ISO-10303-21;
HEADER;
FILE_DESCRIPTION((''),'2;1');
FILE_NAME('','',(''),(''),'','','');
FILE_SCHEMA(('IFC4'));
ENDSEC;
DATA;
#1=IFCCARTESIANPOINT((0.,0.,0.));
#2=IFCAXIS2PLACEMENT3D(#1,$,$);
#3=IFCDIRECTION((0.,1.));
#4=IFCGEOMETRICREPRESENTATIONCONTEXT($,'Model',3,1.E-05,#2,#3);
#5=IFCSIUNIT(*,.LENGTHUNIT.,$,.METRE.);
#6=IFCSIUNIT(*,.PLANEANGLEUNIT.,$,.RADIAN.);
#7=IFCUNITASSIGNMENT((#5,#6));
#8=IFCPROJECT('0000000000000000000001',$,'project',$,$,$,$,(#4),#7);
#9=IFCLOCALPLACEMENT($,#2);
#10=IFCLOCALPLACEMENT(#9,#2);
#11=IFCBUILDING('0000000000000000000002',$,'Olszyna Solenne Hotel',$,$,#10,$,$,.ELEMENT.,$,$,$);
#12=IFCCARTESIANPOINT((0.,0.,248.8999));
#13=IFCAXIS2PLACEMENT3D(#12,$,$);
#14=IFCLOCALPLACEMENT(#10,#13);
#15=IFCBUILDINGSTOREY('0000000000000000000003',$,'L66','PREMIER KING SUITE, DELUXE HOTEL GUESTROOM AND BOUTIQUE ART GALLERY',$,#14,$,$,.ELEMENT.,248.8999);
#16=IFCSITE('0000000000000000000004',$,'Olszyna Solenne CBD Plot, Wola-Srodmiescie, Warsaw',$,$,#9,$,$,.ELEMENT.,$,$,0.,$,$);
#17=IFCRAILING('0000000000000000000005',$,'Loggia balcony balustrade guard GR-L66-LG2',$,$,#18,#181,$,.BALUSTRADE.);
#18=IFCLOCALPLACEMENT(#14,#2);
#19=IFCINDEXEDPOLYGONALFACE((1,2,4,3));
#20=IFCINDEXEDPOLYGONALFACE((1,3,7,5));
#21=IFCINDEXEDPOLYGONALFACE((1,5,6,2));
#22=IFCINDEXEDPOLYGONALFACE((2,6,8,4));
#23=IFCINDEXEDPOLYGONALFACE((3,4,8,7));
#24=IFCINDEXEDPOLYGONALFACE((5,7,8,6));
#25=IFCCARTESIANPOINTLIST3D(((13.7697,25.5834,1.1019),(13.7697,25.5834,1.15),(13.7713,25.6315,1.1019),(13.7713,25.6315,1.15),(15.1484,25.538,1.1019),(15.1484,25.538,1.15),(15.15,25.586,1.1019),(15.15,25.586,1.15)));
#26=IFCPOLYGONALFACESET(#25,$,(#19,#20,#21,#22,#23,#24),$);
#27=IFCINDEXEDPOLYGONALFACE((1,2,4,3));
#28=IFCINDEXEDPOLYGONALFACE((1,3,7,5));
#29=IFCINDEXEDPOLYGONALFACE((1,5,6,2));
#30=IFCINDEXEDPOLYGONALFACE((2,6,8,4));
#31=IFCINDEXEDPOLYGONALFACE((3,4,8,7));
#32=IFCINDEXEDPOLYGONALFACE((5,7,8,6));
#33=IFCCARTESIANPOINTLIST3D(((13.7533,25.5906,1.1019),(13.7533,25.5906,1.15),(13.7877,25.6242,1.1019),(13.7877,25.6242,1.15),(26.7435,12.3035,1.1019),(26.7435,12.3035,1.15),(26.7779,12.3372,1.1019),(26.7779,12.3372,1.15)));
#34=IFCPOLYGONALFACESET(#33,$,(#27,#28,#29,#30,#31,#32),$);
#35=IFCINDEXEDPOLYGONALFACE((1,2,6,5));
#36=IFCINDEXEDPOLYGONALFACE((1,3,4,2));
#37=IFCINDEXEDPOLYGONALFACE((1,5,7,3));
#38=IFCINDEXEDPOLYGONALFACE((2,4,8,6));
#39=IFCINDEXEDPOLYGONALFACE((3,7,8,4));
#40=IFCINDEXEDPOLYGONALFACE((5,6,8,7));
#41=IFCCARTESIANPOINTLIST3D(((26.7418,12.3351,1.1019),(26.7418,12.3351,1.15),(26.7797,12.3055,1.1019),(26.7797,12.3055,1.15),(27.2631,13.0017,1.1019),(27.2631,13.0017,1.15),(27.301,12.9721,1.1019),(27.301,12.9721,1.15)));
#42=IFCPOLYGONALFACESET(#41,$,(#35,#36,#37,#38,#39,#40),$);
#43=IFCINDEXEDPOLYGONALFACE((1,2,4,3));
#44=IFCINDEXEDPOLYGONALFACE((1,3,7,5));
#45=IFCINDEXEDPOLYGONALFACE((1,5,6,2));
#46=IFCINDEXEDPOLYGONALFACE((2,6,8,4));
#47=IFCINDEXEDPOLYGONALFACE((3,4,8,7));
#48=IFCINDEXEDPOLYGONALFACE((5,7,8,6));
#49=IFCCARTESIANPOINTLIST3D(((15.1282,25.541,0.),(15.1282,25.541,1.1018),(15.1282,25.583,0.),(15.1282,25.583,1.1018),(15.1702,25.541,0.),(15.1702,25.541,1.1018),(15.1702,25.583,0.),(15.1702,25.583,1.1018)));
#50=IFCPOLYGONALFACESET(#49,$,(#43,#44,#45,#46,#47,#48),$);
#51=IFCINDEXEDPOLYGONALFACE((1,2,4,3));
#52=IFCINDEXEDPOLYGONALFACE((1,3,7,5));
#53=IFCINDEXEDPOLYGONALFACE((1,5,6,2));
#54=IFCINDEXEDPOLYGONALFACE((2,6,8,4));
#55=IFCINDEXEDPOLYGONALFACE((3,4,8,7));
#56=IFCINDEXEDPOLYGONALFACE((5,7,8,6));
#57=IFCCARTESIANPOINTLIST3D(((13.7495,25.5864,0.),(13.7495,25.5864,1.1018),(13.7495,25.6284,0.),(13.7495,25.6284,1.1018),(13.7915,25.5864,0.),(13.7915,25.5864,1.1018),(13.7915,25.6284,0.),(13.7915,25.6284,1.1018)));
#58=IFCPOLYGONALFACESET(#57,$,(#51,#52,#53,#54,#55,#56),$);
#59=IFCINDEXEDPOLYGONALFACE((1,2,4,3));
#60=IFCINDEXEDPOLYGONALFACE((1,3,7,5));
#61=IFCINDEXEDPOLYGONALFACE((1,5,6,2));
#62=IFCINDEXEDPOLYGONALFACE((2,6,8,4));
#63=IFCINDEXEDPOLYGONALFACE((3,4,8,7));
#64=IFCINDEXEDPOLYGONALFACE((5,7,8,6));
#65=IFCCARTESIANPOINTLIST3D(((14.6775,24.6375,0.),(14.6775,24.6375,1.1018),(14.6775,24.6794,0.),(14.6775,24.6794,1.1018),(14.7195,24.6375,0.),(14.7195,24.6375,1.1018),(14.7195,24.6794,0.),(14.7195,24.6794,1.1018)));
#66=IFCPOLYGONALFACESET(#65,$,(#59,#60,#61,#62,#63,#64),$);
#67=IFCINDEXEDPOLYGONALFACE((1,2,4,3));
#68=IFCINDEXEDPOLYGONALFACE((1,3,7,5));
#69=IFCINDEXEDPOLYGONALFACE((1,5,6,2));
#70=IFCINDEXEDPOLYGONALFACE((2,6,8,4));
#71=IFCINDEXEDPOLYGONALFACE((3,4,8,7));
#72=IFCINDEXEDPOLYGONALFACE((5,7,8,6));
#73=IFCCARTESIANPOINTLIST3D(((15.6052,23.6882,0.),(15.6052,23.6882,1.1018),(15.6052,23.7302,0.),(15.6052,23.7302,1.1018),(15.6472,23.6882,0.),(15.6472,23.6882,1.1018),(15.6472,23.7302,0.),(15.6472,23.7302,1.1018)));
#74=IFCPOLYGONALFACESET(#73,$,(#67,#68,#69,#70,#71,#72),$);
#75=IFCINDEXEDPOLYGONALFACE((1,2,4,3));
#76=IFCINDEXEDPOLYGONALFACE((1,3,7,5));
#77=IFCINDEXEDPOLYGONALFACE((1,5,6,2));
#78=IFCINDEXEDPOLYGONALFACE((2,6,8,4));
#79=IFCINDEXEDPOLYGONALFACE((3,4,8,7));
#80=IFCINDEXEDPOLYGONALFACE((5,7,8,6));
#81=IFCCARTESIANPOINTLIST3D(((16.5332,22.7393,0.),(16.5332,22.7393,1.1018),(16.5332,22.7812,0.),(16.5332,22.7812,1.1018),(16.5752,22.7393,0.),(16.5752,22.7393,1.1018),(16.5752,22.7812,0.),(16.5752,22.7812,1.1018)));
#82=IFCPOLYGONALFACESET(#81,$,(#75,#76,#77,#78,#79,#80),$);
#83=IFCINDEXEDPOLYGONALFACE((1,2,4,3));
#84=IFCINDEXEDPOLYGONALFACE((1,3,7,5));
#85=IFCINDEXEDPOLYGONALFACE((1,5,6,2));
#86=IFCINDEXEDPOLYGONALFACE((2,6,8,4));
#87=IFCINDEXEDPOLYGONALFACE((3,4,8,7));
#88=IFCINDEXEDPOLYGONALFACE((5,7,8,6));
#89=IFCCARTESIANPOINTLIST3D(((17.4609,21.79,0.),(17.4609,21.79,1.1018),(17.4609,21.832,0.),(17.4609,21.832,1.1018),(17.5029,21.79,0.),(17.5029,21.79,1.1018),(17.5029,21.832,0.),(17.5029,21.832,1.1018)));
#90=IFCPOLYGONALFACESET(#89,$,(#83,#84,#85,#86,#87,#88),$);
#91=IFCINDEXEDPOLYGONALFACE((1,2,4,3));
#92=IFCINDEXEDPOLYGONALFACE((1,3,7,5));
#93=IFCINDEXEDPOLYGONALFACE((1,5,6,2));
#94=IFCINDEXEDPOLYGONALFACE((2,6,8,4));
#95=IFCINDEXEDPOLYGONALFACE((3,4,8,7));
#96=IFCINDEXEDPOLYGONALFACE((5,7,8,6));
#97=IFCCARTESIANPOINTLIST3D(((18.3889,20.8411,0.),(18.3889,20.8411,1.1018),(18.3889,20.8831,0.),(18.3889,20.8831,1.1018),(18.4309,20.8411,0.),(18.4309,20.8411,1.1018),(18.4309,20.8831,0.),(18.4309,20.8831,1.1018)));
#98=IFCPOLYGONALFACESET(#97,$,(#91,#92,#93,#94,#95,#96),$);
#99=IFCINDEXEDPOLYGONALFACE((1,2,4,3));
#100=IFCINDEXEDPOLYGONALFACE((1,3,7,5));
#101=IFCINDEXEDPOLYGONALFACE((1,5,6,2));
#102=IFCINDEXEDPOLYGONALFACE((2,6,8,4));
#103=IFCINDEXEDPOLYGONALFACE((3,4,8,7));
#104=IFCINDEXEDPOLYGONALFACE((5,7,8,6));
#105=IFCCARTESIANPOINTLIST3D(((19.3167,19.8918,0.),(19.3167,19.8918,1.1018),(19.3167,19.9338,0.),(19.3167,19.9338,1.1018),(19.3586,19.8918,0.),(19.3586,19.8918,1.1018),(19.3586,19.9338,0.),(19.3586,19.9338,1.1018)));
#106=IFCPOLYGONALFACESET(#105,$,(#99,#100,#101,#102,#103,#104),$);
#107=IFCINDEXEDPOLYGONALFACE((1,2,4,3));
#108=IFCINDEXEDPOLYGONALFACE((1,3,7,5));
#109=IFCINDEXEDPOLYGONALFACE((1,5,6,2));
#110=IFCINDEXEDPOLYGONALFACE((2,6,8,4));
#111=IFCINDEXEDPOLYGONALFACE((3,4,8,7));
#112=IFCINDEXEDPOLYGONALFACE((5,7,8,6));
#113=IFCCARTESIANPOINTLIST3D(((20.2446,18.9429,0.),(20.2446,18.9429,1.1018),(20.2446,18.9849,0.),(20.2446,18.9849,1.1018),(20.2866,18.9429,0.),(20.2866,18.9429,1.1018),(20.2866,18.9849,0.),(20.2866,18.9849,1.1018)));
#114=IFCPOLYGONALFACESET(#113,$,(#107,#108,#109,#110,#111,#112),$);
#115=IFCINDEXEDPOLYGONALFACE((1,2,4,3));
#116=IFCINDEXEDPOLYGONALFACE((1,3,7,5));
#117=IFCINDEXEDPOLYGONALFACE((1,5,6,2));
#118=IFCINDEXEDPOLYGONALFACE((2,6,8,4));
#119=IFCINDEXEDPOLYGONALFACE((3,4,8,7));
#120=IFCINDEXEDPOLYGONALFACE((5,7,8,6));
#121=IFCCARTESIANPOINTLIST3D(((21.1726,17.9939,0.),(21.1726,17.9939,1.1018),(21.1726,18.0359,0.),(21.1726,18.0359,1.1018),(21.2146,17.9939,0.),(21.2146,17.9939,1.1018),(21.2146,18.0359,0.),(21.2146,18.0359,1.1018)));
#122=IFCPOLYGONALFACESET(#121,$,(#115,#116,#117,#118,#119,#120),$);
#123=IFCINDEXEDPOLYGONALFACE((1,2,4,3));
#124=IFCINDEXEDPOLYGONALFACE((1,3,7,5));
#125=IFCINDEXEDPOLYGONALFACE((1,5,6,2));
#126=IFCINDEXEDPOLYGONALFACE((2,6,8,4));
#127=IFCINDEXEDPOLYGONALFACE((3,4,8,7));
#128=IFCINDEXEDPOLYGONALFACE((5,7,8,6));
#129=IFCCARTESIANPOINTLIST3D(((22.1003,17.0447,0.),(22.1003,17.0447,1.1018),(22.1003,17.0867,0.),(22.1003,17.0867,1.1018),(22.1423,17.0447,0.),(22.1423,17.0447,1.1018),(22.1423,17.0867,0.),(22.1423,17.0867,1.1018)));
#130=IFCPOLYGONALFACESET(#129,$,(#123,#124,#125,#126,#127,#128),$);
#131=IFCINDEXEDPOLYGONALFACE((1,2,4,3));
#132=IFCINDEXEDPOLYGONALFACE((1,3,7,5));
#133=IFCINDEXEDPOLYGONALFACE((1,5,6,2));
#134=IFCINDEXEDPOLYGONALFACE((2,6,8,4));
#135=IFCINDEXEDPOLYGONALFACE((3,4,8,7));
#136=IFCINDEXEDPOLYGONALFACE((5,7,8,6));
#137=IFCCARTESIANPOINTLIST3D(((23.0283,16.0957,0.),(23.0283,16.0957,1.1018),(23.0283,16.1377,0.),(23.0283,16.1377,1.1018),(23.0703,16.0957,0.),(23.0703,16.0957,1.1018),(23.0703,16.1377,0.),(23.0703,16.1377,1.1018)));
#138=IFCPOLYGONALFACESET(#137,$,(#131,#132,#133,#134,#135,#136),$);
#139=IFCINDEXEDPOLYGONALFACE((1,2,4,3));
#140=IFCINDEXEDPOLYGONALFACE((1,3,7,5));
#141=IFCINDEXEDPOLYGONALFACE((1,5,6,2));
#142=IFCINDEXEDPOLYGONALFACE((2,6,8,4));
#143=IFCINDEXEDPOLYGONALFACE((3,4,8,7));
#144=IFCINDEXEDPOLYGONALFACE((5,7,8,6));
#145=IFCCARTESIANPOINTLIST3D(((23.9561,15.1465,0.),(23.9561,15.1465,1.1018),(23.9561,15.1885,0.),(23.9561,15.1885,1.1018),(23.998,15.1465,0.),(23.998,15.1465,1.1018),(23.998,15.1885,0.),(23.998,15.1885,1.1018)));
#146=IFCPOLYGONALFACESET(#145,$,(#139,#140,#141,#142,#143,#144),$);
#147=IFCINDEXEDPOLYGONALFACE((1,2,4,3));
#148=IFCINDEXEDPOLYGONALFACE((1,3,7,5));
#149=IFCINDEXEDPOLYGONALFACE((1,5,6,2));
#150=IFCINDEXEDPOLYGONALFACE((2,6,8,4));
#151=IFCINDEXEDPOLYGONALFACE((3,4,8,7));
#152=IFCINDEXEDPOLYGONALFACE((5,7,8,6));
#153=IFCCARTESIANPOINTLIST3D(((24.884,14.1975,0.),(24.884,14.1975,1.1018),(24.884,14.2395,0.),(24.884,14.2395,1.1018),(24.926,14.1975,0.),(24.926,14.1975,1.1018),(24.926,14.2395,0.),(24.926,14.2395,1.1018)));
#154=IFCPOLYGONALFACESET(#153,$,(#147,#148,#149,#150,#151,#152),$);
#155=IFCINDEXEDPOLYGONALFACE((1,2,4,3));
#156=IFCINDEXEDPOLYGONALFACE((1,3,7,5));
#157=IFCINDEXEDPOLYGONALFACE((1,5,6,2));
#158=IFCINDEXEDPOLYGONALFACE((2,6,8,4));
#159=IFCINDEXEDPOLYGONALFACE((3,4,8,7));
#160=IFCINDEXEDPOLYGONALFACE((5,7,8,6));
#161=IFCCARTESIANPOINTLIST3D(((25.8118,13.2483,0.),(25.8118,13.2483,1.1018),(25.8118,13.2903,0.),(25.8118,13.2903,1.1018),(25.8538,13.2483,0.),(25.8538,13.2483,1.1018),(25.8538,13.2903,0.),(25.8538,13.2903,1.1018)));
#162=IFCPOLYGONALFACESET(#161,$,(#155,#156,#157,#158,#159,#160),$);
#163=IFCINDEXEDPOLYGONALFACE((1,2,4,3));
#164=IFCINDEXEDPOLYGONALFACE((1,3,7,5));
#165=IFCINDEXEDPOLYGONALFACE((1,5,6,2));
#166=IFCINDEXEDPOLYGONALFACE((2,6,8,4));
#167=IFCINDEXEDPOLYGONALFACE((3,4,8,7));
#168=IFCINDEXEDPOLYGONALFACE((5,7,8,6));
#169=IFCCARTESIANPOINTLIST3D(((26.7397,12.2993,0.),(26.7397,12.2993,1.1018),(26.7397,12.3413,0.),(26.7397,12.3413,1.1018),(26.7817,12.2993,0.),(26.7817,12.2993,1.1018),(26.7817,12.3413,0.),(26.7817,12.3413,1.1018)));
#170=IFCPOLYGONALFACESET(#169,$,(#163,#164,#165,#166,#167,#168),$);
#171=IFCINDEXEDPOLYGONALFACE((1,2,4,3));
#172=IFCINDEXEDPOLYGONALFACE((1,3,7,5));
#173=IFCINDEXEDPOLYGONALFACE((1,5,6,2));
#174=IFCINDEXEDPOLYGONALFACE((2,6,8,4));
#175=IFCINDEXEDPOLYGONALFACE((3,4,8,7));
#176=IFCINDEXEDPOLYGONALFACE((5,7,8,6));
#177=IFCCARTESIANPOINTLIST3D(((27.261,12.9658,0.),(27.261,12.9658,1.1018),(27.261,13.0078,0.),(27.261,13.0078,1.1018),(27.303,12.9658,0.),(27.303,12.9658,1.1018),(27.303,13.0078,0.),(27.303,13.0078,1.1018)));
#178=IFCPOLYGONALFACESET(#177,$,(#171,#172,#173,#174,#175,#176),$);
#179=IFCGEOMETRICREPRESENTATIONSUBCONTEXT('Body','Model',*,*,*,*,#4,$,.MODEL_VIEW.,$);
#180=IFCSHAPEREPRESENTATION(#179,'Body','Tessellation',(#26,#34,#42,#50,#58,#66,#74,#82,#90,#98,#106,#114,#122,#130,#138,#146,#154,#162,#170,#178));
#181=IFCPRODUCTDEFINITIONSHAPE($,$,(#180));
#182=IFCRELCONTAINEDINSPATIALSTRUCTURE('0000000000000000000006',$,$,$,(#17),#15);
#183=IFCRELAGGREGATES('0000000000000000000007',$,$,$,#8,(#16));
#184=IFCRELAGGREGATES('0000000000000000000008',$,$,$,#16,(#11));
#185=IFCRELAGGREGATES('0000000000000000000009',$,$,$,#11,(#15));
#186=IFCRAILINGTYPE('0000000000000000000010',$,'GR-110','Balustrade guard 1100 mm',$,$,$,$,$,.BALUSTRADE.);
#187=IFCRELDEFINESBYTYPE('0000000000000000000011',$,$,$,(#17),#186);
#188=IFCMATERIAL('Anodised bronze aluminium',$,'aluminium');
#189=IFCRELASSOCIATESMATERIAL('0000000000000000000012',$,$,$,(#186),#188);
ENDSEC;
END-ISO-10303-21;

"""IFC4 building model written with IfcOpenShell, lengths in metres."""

from ifc_helpers import new_model, si_unit, direction, frame, origin, origin_2d, place, context, subcontext, project, spatial, rectangle, extrude, material, type_object, element, save


model = new_model("IFC4")

# Units and contexts
model_context = context("Model", 3, precision=1e-05, world=origin(), true_north=direction((0.0, 1.0)))
body_context = subcontext(model_context, "Body", "Model", "MODEL_VIEW")
ifc_project = project(units=[si_unit("LENGTHUNIT", "METRE"), si_unit("PLANEANGLEUNIT", "RADIAN")], contexts=[model_context])

# Site, building, storey
site_placement = place(None, origin())
site = spatial("IfcSite", under=ifc_project, at=site_placement, Name="Olszyna Solenne CBD Plot, Wola-Srodmiescie, Warsaw", CompositionType="ELEMENT", RefElevation=0.0)
building_placement = place(site_placement, origin())
building = spatial("IfcBuilding", under=site, at=building_placement, Name="Olszyna Solenne Hotel", CompositionType="ELEMENT")
storey_placement = place(building_placement, frame((0.0, 0.0, 248.8999)))
storey = spatial("IfcBuildingStorey", under=building, at=storey_placement, Name="L66", Description="PREMIER KING SUITE, DELUXE HOTEL GUESTROOM AND BOUTIQUE ART GALLERY", CompositionType="ELEMENT", Elevation=248.8999)

# Railing
ifc_material_1 = material(Name="Anodised bronze aluminium", Category="aluminium")
railing_type = type_object("IfcRailingType", Name="GR-110", Description="Balustrade guard 1100 mm", PredefinedType="BALUSTRADE", material=ifc_material_1)
railing_placement = place(storey_placement, frame((15.1492, 25.562, 0.0)))
element("IfcRailing", 1, at=railing_placement, inside=storey, type_object=railing_type, Name="Loggia balcony balustrade guard GR-L66-LG2", PredefinedType="BALUSTRADE", context=body_context, shape_type="SweptSolid", body=[
    extrude(rectangle(XDim=0.0481, YDim=0.0481, at=origin_2d()), frame((0.0, 0.0, 1.126), z_axis=(-0.999458, 0.03292, 0.0), x_axis=(-0.03292, -0.999458, 0.0)), (0.0, 0.0, 1.0), 1.3794),
    extrude(rectangle(XDim=0.0481, YDim=0.0481, at=origin_2d()), frame((-1.3787, 0.0454, 1.126), z_axis=(0.699073, -0.71505, 0.0), x_axis=(0.71505, 0.699073, 0.0)), (0.0, 0.0, 1.0), 18.582),
    extrude(rectangle(XDim=0.0481, YDim=0.0481, at=origin_2d()), frame((11.6116, -13.2417, 1.126), z_axis=(0.616036, 0.787718, 0.0), x_axis=(-0.787718, 0.616036, 0.0)), (0.0, 0.0, 1.0), 0.8462),
    extrude(rectangle(XDim=0.042, YDim=0.042, at=origin_2d()), origin(), (0.0, 0.0, 1.0), 1.1018),
    extrude(rectangle(XDim=0.042, YDim=0.042, at=origin_2d()), frame((-1.3787, 0.0454, 0.0)), (0.0, 0.0, 1.0), 1.1018),
    extrude(rectangle(XDim=0.042, YDim=0.042, at=origin_2d()), frame((-0.4507, -0.9036, 0.0)), (0.0, 0.0, 1.0), 1.1018),
    extrude(rectangle(XDim=0.042, YDim=0.042, at=origin_2d()), frame((0.4771, -1.8528, 0.0)), (0.0, 0.0, 1.0), 1.1018),
    extrude(rectangle(XDim=0.042, YDim=0.042, at=origin_2d()), frame((1.405, -2.8018, 0.0)), (0.0, 0.0, 1.0), 1.1018),
    extrude(rectangle(XDim=0.042, YDim=0.042, at=origin_2d()), frame((2.3328, -3.751, 0.0)), (0.0, 0.0, 1.0), 1.1018),
    extrude(rectangle(XDim=0.042, YDim=0.042, at=origin_2d()), frame((3.2607, -4.7, 0.0)), (0.0, 0.0, 1.0), 1.1018),
    extrude(rectangle(XDim=0.042, YDim=0.042, at=origin_2d()), frame((4.1885, -5.6492, 0.0)), (0.0, 0.0, 1.0), 1.1018),
    extrude(rectangle(XDim=0.042, YDim=0.042, at=origin_2d()), frame((5.1165, -6.5981, 0.0)), (0.0, 0.0, 1.0), 1.1018),
    extrude(rectangle(XDim=0.042, YDim=0.042, at=origin_2d()), frame((6.0444, -7.5471, 0.0)), (0.0, 0.0, 1.0), 1.1018),
    extrude(rectangle(XDim=0.042, YDim=0.042, at=origin_2d()), frame((6.9722, -8.4963, 0.0)), (0.0, 0.0, 1.0), 1.1018),
    extrude(rectangle(XDim=0.042, YDim=0.042, at=origin_2d()), frame((7.9001, -9.4453, 0.0)), (0.0, 0.0, 1.0), 1.1018),
    extrude(rectangle(XDim=0.042, YDim=0.042, at=origin_2d()), frame((8.8279, -10.3945, 0.0)), (0.0, 0.0, 1.0), 1.1018),
    extrude(rectangle(XDim=0.042, YDim=0.042, at=origin_2d()), frame((9.7559, -11.3435, 0.0)), (0.0, 0.0, 1.0), 1.1018),
    extrude(rectangle(XDim=0.042, YDim=0.042, at=origin_2d()), frame((10.6836, -12.2927, 0.0)), (0.0, 0.0, 1.0), 1.1018),
    extrude(rectangle(XDim=0.042, YDim=0.042, at=origin_2d()), frame((11.6116, -13.2417, 0.0)), (0.0, 0.0, 1.0), 1.1018),
    extrude(rectangle(XDim=0.042, YDim=0.042, at=origin_2d()), frame((12.1328, -12.5752, 0.0)), (0.0, 0.0, 1.0), 1.1018),
])

save(model, "model.ifc")
